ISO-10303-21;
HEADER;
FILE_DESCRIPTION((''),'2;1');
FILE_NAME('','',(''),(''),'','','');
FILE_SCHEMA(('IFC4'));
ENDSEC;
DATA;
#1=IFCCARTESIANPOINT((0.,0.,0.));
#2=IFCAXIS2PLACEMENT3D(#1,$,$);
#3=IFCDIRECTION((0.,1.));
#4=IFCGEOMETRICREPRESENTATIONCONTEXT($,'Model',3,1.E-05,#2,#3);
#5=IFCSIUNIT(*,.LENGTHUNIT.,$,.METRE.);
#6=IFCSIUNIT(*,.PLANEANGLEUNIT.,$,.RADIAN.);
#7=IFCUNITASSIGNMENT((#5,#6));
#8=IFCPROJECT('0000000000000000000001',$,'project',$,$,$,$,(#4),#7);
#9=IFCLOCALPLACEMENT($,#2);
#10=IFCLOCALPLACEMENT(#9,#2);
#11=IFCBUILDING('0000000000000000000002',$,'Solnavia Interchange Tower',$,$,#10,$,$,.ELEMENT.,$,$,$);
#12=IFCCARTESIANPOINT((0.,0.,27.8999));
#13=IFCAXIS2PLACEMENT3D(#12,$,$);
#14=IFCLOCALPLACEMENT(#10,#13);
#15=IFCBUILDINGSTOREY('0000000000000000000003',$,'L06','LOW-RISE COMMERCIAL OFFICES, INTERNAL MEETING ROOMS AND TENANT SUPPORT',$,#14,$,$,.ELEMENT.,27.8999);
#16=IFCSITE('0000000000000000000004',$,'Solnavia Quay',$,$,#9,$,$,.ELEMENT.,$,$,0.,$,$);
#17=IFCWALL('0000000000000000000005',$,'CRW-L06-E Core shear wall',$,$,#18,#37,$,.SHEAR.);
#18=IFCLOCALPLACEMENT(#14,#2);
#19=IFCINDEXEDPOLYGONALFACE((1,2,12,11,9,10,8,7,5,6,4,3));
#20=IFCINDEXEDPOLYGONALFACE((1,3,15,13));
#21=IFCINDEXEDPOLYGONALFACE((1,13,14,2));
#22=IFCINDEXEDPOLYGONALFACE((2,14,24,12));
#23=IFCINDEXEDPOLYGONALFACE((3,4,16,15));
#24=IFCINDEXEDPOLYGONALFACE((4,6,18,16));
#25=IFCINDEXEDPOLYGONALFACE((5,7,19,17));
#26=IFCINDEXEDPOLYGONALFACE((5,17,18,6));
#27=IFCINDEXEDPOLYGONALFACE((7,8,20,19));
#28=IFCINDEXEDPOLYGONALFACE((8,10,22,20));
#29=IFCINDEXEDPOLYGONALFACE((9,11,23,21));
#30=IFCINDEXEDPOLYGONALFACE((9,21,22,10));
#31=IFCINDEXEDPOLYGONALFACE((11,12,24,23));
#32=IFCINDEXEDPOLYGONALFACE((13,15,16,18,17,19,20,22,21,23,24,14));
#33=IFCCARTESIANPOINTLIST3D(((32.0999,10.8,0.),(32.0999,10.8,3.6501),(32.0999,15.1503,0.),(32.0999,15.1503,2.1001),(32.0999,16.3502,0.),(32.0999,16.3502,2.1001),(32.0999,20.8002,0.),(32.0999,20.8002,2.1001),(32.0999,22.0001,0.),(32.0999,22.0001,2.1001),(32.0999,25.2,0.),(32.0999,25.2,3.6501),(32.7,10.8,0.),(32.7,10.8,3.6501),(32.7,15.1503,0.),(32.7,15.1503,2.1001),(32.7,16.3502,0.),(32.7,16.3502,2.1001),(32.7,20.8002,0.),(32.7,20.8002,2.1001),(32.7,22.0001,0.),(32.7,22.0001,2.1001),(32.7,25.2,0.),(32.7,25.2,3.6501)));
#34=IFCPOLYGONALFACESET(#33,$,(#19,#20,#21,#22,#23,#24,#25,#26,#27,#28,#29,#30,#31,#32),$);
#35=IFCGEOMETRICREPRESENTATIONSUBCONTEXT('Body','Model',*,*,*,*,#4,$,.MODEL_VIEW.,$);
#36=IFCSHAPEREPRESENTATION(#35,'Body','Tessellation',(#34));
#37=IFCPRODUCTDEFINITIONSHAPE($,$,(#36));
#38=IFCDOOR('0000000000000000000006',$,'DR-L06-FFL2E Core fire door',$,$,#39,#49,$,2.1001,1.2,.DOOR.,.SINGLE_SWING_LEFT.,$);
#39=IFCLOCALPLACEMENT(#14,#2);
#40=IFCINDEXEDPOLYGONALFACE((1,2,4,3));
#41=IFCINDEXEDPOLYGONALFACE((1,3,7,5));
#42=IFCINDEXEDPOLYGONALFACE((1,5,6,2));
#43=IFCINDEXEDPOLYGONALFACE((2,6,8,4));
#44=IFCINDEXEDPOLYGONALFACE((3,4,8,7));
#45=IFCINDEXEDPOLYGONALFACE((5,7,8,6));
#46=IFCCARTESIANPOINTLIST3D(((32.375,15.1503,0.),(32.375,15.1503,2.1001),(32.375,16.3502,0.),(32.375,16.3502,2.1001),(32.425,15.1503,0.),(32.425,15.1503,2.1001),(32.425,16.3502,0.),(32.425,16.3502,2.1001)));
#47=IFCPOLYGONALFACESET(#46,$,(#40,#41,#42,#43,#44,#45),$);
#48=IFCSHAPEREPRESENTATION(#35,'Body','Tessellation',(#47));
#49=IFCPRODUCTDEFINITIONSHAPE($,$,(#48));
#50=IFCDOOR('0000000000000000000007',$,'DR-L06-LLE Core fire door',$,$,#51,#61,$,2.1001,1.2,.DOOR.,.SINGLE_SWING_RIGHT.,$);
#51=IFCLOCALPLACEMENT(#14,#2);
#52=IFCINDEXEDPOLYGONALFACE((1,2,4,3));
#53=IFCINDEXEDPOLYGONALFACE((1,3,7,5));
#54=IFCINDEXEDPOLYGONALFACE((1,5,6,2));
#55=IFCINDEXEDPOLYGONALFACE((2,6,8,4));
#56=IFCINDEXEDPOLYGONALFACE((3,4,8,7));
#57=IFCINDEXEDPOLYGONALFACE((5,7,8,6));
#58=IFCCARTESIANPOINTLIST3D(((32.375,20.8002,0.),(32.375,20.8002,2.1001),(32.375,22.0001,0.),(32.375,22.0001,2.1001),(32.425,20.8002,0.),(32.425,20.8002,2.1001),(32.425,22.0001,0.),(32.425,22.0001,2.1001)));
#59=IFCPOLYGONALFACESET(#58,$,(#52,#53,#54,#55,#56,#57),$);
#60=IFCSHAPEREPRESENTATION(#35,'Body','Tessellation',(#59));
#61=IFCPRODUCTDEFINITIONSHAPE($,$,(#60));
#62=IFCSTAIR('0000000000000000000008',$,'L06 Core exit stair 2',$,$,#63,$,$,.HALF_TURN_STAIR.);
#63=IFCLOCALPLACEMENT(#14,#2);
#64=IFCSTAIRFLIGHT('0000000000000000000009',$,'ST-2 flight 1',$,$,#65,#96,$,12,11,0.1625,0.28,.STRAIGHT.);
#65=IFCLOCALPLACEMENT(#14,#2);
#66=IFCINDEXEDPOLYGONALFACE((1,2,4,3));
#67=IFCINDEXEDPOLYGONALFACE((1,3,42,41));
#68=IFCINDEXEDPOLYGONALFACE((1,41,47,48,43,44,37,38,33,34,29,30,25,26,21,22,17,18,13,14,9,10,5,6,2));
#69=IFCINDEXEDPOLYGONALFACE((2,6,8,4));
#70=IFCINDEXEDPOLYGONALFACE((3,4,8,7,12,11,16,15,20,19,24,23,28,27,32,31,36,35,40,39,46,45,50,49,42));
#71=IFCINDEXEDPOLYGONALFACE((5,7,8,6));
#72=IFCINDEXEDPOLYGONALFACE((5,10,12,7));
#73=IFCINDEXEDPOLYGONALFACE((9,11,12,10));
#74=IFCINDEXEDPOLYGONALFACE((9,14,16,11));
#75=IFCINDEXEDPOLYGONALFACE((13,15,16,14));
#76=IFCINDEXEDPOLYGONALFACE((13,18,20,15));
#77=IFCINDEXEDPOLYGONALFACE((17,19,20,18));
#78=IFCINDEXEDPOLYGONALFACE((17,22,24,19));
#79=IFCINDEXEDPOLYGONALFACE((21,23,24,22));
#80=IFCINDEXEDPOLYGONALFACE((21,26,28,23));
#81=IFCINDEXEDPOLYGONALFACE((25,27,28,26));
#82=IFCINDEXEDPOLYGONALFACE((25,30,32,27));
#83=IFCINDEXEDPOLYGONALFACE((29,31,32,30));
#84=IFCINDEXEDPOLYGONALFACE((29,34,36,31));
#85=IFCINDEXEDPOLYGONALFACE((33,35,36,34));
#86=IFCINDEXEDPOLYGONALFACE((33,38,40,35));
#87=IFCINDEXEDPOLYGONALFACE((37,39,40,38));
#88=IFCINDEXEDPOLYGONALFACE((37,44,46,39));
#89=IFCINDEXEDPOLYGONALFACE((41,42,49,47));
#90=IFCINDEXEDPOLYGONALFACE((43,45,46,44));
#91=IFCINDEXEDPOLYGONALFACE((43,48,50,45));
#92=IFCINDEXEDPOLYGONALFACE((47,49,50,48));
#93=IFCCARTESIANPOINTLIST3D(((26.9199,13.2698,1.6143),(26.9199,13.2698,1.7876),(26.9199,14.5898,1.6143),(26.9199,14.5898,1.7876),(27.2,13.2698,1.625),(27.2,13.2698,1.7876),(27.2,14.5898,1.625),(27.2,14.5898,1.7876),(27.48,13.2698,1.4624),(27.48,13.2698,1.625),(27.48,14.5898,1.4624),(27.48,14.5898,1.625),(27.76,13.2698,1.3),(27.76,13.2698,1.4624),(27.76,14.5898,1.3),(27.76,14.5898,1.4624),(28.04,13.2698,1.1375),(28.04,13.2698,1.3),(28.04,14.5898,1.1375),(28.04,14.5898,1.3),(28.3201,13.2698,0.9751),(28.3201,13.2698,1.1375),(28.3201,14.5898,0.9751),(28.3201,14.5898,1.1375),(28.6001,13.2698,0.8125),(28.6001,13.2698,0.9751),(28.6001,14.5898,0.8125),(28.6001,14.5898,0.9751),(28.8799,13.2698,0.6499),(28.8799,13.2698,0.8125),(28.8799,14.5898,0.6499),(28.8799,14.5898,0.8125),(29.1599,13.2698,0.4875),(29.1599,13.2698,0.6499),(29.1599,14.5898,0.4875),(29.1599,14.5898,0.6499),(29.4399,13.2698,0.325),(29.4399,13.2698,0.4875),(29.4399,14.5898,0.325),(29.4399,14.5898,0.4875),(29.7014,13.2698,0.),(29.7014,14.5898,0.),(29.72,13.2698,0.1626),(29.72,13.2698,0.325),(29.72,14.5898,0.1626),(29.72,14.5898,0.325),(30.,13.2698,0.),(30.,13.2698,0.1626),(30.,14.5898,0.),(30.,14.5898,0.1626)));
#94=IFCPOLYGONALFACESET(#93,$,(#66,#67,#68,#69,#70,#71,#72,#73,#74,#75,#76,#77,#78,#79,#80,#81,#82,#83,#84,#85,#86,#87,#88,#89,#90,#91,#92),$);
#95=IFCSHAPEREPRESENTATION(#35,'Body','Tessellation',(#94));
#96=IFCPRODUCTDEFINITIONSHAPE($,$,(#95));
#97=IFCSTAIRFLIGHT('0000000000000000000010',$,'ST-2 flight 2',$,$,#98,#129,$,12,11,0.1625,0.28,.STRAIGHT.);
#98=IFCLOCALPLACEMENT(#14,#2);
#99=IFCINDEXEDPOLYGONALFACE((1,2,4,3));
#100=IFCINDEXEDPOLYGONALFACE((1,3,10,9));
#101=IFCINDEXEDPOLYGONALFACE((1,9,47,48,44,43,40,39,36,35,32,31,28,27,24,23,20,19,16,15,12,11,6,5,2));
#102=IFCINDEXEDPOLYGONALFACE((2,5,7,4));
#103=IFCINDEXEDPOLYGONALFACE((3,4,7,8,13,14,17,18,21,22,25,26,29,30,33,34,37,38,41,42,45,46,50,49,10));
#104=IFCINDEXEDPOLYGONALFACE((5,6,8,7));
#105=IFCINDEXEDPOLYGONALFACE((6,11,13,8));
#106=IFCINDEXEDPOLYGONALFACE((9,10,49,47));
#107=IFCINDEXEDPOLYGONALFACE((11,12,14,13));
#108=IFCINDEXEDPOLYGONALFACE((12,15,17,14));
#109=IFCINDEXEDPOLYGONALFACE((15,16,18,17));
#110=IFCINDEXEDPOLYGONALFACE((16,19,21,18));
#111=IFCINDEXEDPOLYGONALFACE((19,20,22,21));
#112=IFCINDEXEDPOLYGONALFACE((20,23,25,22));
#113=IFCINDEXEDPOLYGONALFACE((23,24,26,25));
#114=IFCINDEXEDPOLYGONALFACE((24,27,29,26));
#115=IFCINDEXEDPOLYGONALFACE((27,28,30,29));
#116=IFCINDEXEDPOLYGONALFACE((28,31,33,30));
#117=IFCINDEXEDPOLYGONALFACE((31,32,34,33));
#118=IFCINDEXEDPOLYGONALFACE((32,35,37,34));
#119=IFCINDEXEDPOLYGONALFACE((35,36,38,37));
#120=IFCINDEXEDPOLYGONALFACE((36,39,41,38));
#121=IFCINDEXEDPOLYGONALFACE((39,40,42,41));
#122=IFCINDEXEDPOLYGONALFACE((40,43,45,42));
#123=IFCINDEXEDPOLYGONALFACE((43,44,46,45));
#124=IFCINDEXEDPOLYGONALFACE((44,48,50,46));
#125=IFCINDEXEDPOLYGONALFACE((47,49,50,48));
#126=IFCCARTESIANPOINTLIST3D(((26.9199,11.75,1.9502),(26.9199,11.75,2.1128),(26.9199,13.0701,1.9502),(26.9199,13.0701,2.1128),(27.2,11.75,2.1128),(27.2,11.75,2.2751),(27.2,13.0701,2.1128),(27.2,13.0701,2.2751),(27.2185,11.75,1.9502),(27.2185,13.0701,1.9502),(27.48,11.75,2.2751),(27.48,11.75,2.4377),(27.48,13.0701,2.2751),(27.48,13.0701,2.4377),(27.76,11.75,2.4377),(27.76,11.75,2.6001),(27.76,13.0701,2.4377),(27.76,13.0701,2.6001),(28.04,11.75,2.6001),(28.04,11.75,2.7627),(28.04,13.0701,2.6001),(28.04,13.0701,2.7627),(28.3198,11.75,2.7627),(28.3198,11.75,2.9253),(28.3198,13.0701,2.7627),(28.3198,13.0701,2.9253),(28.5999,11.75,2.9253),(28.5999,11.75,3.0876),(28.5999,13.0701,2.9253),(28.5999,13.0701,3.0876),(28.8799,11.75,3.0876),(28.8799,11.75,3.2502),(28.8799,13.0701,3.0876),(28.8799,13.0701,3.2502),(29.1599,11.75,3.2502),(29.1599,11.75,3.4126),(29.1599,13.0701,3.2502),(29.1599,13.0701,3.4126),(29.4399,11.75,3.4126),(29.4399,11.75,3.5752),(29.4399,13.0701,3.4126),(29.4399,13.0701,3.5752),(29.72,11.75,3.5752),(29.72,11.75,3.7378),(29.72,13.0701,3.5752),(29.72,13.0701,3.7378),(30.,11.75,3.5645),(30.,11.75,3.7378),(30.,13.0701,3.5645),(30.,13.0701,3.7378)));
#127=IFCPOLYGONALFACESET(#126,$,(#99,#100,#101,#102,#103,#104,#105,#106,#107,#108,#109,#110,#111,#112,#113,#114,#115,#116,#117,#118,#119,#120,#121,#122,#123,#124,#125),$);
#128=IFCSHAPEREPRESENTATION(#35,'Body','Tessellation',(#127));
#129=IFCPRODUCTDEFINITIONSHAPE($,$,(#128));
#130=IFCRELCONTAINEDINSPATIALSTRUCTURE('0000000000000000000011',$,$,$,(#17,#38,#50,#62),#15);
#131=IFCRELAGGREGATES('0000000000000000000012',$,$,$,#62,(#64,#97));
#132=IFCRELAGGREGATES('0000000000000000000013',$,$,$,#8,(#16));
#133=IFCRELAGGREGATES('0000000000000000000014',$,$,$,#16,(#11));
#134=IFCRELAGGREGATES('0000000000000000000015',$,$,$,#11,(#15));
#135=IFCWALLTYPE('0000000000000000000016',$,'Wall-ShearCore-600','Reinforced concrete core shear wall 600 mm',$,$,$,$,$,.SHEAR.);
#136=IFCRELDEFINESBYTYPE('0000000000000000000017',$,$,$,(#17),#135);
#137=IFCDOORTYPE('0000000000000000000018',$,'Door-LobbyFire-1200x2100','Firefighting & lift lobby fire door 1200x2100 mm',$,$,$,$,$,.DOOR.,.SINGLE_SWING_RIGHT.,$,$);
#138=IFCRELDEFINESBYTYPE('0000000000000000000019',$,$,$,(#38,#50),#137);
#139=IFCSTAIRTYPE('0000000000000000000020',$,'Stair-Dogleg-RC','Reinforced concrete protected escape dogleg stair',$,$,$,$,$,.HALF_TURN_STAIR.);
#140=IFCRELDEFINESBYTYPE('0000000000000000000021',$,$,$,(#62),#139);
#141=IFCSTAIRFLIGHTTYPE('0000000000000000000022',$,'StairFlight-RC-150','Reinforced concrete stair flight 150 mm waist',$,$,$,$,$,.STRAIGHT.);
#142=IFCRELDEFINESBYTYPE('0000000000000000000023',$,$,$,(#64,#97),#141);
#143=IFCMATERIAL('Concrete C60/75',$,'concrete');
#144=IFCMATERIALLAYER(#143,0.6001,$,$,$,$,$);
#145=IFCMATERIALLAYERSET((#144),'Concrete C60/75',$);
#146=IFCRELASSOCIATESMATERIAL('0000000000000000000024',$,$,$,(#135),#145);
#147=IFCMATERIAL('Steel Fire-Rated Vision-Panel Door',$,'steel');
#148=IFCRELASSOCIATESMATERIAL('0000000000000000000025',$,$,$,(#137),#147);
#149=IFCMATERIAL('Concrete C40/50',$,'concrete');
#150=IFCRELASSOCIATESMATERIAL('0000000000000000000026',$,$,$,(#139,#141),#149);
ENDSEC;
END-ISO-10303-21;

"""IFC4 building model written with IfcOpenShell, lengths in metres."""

from ifc_helpers import new_model, si_unit, direction, frame, frame_2d, origin, place, context, subcontext, project, spatial, polyline, rectangle, outline, extrude, material, layer, layer_set, type_object, element, fill, aggregate, save


model = new_model("IFC4")

# Units and contexts
model_context = context("Model", 3, precision=1e-05, world=origin(), true_north=direction((0.0, 1.0)))
body_context = subcontext(model_context, "Body", "Model", "MODEL_VIEW")
ifc_project = project(units=[si_unit("LENGTHUNIT", "METRE"), si_unit("PLANEANGLEUNIT", "RADIAN")], contexts=[model_context])

# Site, building, storey
site_placement = place(None, origin())
site = spatial("IfcSite", under=ifc_project, at=site_placement, Name="Solnavia Quay", CompositionType="ELEMENT", RefElevation=0.0)
building_placement = place(site_placement, origin())
building = spatial("IfcBuilding", under=site, at=building_placement, Name="Solnavia Interchange Tower", CompositionType="ELEMENT")
storey_placement = place(building_placement, frame((0.0, 0.0, 27.8999)))
storey = spatial("IfcBuildingStorey", under=building, at=storey_placement, Name="L06", Description="LOW-RISE COMMERCIAL OFFICES, INTERNAL MEETING ROOMS AND TENANT SUPPORT", CompositionType="ELEMENT", Elevation=27.8999)

# Shared definitions
ifc_material_1 = material(Name="Concrete C60/75", Category="concrete")

# Shared definitions
ifc_material_2 = material(Name="Concrete C40/50", Category="concrete")

# Wall, openings, doors
ifc_layer_1 = layer(ifc_material_1, 0.6001)
ifc_layer_set_1 = layer_set([ifc_layer_1], Name="Concrete C60/75")
wall_type_1 = type_object("IfcWallType", Name="Wall-ShearCore-600", Description="Reinforced concrete core shear wall 600 mm", PredefinedType="SHEAR", material=ifc_layer_set_1)
wall_1_placement = place(storey_placement, frame((32.3999, 10.8, 0.0), z_axis=(0.0, 0.0, 1.0), x_axis=(0.0, 1.0, 0.0)))
wall_1 = element("IfcWall", 1, at=wall_1_placement, inside=storey, type_object=wall_type_1, Name="CRW-L06-E Core shear wall", PredefinedType="SHEAR", context=body_context, shape_type="SweptSolid", body=[
    extrude(rectangle(XDim=14.3999, YDim=0.6001, at=frame_2d((7.2, 0.0))), origin(), (0.0, 0.0, 1.0), 3.6501),
])
opening_1_placement = place(wall_1_placement, frame((4.3501, 0.0, 0.0)))
opening_1 = element("IfcOpeningElement", 2, at=opening_1_placement, cuts=wall_1, PredefinedType="OPENING", context=body_context, shape_type="SweptSolid", body=[
    extrude(rectangle(XDim=1.2, YDim=2.1001, at=frame_2d((0.6001, 1.05))), frame((0.0, 0.3101, 0.0), z_axis=(0.0, -1.0, 0.0), x_axis=(1.0, 0.0, 0.0)), (0.0, 0.0, 1.0), 0.6201),
])
opening_2_placement = place(wall_1_placement, frame((10.0, 0.0, 0.0)))
opening_2 = element("IfcOpeningElement", 3, at=opening_2_placement, cuts=wall_1, PredefinedType="OPENING", context=body_context, shape_type="SweptSolid", body=[
    extrude(rectangle(XDim=1.2, YDim=2.1001, at=frame_2d((0.6001, 1.05))), frame((0.0, 0.3101, 0.0), z_axis=(0.0, -1.0, 0.0), x_axis=(1.0, 0.0, 0.0)), (0.0, 0.0, 1.0), 0.6201),
])
ifc_material_3 = material(Name="Steel Fire-Rated Vision-Panel Door", Category="steel")
door_type_1 = type_object("IfcDoorType", Name="Door-LobbyFire-1200x2100", Description="Firefighting & lift lobby fire door 1200x2100 mm", OperationType="SINGLE_SWING_RIGHT", PredefinedType="DOOR", material=ifc_material_3)
door_1_placement = place(opening_1_placement, origin())
door_1 = element("IfcDoor", 4, at=door_1_placement, inside=storey, type_object=door_type_1, Name="DR-L06-FFL2E Core fire door", OperationType="SINGLE_SWING_LEFT", OverallHeight=2.1001, OverallWidth=1.2, PredefinedType="DOOR", context=body_context, shape_type="SweptSolid", body=[
    extrude(rectangle(XDim=1.2, YDim=2.1001, at=frame_2d((0.6001, 1.05))), frame((0.0, 0.0249, 0.0), z_axis=(0.0, -1.0, 0.0), x_axis=(1.0, 0.0, 0.0)), (0.0, 0.0, 1.0), 0.05),
])
fill(opening_1, door_1)
door_2_placement = place(opening_2_placement, origin())
door_2 = element("IfcDoor", 5, at=door_2_placement, inside=storey, type_object=door_type_1, Name="DR-L06-LLE Core fire door", OperationType="SINGLE_SWING_RIGHT", OverallHeight=2.1001, OverallWidth=1.2, PredefinedType="DOOR", context=body_context, shape_type="SweptSolid", body=[
    extrude(rectangle(XDim=1.2, YDim=2.1001, at=frame_2d((0.6001, 1.05))), frame((0.0, 0.0249, 0.0), z_axis=(0.0, -1.0, 0.0), x_axis=(1.0, 0.0, 0.0)), (0.0, 0.0, 1.0), 0.05),
])
fill(opening_2, door_2)

# Stair, stair flights
stair_type = type_object("IfcStairType", Name="Stair-Dogleg-RC", Description="Reinforced concrete protected escape dogleg stair", PredefinedType="HALF_TURN_STAIR", material=ifc_material_2)
stair_placement = place(storey_placement, origin())
stair = element("IfcStair", 6, at=stair_placement, inside=storey, type_object=stair_type, Name="L06 Core exit stair 2", PredefinedType="HALF_TURN_STAIR")
stair_flight_type = type_object("IfcStairFlightType", Name="StairFlight-RC-150", Description="Reinforced concrete stair flight 150 mm waist", PredefinedType="STRAIGHT", material=ifc_material_2)
stair_flight_1_placement = place(storey_placement, frame((30.0, 13.9299, 0.0), z_axis=(0.0, 0.0, 1.0), x_axis=(-1.0, 0.0, 0.0)))
stair_flight_1 = element("IfcStairFlight", 7, at=stair_flight_1_placement, type_object=stair_flight_type, Name="ST-2 flight 1", NumberOfRisers=12, NumberOfTreads=11, PredefinedType="STRAIGHT", RiserHeight=0.1625, TreadLength=0.28, context=body_context, shape_type="SweptSolid", body=[
    extrude(outline(polyline([(0.0, 0.0), (0.0, 0.1626), (0.28, 0.1626), (0.28, 0.325), (0.5601, 0.325), (0.5601, 0.4875), (0.8401, 0.4875), (0.8401, 0.6499), (1.1201, 0.6499), (1.1201, 0.8125), (1.3999, 0.8125), (1.3999, 0.9751), (1.6799, 0.9751), (1.6799, 1.1375), (1.96, 1.1375), (1.96, 1.3), (2.24, 1.3), (2.24, 1.4624), (2.52, 1.4624), (2.52, 1.625), (2.8, 1.625), (2.8, 1.7876), (3.0801, 1.7876), (3.0801, 1.95), (3.0801, 1.6143), (0.2986, 0.0), (0.0, 0.0)])), frame((0.0, 0.6602, 0.0), z_axis=(0.0, -1.0, 0.0), x_axis=(1.0, 0.0, 0.0)), (0.0, 0.0, 1.0), 1.3201),
])
stair_flight_2_placement = place(storey_placement, frame((26.9199, 12.4099, 1.9502), z_axis=(0.0, 0.0, 1.0), x_axis=(1.0, 0.0, 0.0)))
stair_flight_2 = element("IfcStairFlight", 8, at=stair_flight_2_placement, type_object=stair_flight_type, Name="ST-2 flight 2", NumberOfRisers=12, NumberOfTreads=11, PredefinedType="STRAIGHT", RiserHeight=0.1625, TreadLength=0.28, context=body_context, shape_type="SweptSolid", body=[
    extrude(outline(polyline([(0.0, 0.0), (0.0, 0.1626), (0.28, 0.1626), (0.28, 0.325), (0.5601, 0.325), (0.5601, 0.4875), (0.8401, 0.4875), (0.8401, 0.6499), (1.1201, 0.6499), (1.1201, 0.8125), (1.3999, 0.8125), (1.3999, 0.9751), (1.6799, 0.9751), (1.6799, 1.1375), (1.96, 1.1375), (1.96, 1.3), (2.24, 1.3), (2.24, 1.4624), (2.52, 1.4624), (2.52, 1.625), (2.8, 1.625), (2.8, 1.7876), (3.0801, 1.7876), (3.0801, 1.95), (3.0801, 1.6143), (0.2986, 0.0), (0.0, 0.0)])), frame((0.0, 0.6602, 0.0), z_axis=(0.0, -1.0, 0.0), x_axis=(1.0, 0.0, 0.0)), (0.0, 0.0, 1.0), 1.3201),
])
aggregate(stair, [stair_flight_1, stair_flight_2])

save(model, "model.ifc")
